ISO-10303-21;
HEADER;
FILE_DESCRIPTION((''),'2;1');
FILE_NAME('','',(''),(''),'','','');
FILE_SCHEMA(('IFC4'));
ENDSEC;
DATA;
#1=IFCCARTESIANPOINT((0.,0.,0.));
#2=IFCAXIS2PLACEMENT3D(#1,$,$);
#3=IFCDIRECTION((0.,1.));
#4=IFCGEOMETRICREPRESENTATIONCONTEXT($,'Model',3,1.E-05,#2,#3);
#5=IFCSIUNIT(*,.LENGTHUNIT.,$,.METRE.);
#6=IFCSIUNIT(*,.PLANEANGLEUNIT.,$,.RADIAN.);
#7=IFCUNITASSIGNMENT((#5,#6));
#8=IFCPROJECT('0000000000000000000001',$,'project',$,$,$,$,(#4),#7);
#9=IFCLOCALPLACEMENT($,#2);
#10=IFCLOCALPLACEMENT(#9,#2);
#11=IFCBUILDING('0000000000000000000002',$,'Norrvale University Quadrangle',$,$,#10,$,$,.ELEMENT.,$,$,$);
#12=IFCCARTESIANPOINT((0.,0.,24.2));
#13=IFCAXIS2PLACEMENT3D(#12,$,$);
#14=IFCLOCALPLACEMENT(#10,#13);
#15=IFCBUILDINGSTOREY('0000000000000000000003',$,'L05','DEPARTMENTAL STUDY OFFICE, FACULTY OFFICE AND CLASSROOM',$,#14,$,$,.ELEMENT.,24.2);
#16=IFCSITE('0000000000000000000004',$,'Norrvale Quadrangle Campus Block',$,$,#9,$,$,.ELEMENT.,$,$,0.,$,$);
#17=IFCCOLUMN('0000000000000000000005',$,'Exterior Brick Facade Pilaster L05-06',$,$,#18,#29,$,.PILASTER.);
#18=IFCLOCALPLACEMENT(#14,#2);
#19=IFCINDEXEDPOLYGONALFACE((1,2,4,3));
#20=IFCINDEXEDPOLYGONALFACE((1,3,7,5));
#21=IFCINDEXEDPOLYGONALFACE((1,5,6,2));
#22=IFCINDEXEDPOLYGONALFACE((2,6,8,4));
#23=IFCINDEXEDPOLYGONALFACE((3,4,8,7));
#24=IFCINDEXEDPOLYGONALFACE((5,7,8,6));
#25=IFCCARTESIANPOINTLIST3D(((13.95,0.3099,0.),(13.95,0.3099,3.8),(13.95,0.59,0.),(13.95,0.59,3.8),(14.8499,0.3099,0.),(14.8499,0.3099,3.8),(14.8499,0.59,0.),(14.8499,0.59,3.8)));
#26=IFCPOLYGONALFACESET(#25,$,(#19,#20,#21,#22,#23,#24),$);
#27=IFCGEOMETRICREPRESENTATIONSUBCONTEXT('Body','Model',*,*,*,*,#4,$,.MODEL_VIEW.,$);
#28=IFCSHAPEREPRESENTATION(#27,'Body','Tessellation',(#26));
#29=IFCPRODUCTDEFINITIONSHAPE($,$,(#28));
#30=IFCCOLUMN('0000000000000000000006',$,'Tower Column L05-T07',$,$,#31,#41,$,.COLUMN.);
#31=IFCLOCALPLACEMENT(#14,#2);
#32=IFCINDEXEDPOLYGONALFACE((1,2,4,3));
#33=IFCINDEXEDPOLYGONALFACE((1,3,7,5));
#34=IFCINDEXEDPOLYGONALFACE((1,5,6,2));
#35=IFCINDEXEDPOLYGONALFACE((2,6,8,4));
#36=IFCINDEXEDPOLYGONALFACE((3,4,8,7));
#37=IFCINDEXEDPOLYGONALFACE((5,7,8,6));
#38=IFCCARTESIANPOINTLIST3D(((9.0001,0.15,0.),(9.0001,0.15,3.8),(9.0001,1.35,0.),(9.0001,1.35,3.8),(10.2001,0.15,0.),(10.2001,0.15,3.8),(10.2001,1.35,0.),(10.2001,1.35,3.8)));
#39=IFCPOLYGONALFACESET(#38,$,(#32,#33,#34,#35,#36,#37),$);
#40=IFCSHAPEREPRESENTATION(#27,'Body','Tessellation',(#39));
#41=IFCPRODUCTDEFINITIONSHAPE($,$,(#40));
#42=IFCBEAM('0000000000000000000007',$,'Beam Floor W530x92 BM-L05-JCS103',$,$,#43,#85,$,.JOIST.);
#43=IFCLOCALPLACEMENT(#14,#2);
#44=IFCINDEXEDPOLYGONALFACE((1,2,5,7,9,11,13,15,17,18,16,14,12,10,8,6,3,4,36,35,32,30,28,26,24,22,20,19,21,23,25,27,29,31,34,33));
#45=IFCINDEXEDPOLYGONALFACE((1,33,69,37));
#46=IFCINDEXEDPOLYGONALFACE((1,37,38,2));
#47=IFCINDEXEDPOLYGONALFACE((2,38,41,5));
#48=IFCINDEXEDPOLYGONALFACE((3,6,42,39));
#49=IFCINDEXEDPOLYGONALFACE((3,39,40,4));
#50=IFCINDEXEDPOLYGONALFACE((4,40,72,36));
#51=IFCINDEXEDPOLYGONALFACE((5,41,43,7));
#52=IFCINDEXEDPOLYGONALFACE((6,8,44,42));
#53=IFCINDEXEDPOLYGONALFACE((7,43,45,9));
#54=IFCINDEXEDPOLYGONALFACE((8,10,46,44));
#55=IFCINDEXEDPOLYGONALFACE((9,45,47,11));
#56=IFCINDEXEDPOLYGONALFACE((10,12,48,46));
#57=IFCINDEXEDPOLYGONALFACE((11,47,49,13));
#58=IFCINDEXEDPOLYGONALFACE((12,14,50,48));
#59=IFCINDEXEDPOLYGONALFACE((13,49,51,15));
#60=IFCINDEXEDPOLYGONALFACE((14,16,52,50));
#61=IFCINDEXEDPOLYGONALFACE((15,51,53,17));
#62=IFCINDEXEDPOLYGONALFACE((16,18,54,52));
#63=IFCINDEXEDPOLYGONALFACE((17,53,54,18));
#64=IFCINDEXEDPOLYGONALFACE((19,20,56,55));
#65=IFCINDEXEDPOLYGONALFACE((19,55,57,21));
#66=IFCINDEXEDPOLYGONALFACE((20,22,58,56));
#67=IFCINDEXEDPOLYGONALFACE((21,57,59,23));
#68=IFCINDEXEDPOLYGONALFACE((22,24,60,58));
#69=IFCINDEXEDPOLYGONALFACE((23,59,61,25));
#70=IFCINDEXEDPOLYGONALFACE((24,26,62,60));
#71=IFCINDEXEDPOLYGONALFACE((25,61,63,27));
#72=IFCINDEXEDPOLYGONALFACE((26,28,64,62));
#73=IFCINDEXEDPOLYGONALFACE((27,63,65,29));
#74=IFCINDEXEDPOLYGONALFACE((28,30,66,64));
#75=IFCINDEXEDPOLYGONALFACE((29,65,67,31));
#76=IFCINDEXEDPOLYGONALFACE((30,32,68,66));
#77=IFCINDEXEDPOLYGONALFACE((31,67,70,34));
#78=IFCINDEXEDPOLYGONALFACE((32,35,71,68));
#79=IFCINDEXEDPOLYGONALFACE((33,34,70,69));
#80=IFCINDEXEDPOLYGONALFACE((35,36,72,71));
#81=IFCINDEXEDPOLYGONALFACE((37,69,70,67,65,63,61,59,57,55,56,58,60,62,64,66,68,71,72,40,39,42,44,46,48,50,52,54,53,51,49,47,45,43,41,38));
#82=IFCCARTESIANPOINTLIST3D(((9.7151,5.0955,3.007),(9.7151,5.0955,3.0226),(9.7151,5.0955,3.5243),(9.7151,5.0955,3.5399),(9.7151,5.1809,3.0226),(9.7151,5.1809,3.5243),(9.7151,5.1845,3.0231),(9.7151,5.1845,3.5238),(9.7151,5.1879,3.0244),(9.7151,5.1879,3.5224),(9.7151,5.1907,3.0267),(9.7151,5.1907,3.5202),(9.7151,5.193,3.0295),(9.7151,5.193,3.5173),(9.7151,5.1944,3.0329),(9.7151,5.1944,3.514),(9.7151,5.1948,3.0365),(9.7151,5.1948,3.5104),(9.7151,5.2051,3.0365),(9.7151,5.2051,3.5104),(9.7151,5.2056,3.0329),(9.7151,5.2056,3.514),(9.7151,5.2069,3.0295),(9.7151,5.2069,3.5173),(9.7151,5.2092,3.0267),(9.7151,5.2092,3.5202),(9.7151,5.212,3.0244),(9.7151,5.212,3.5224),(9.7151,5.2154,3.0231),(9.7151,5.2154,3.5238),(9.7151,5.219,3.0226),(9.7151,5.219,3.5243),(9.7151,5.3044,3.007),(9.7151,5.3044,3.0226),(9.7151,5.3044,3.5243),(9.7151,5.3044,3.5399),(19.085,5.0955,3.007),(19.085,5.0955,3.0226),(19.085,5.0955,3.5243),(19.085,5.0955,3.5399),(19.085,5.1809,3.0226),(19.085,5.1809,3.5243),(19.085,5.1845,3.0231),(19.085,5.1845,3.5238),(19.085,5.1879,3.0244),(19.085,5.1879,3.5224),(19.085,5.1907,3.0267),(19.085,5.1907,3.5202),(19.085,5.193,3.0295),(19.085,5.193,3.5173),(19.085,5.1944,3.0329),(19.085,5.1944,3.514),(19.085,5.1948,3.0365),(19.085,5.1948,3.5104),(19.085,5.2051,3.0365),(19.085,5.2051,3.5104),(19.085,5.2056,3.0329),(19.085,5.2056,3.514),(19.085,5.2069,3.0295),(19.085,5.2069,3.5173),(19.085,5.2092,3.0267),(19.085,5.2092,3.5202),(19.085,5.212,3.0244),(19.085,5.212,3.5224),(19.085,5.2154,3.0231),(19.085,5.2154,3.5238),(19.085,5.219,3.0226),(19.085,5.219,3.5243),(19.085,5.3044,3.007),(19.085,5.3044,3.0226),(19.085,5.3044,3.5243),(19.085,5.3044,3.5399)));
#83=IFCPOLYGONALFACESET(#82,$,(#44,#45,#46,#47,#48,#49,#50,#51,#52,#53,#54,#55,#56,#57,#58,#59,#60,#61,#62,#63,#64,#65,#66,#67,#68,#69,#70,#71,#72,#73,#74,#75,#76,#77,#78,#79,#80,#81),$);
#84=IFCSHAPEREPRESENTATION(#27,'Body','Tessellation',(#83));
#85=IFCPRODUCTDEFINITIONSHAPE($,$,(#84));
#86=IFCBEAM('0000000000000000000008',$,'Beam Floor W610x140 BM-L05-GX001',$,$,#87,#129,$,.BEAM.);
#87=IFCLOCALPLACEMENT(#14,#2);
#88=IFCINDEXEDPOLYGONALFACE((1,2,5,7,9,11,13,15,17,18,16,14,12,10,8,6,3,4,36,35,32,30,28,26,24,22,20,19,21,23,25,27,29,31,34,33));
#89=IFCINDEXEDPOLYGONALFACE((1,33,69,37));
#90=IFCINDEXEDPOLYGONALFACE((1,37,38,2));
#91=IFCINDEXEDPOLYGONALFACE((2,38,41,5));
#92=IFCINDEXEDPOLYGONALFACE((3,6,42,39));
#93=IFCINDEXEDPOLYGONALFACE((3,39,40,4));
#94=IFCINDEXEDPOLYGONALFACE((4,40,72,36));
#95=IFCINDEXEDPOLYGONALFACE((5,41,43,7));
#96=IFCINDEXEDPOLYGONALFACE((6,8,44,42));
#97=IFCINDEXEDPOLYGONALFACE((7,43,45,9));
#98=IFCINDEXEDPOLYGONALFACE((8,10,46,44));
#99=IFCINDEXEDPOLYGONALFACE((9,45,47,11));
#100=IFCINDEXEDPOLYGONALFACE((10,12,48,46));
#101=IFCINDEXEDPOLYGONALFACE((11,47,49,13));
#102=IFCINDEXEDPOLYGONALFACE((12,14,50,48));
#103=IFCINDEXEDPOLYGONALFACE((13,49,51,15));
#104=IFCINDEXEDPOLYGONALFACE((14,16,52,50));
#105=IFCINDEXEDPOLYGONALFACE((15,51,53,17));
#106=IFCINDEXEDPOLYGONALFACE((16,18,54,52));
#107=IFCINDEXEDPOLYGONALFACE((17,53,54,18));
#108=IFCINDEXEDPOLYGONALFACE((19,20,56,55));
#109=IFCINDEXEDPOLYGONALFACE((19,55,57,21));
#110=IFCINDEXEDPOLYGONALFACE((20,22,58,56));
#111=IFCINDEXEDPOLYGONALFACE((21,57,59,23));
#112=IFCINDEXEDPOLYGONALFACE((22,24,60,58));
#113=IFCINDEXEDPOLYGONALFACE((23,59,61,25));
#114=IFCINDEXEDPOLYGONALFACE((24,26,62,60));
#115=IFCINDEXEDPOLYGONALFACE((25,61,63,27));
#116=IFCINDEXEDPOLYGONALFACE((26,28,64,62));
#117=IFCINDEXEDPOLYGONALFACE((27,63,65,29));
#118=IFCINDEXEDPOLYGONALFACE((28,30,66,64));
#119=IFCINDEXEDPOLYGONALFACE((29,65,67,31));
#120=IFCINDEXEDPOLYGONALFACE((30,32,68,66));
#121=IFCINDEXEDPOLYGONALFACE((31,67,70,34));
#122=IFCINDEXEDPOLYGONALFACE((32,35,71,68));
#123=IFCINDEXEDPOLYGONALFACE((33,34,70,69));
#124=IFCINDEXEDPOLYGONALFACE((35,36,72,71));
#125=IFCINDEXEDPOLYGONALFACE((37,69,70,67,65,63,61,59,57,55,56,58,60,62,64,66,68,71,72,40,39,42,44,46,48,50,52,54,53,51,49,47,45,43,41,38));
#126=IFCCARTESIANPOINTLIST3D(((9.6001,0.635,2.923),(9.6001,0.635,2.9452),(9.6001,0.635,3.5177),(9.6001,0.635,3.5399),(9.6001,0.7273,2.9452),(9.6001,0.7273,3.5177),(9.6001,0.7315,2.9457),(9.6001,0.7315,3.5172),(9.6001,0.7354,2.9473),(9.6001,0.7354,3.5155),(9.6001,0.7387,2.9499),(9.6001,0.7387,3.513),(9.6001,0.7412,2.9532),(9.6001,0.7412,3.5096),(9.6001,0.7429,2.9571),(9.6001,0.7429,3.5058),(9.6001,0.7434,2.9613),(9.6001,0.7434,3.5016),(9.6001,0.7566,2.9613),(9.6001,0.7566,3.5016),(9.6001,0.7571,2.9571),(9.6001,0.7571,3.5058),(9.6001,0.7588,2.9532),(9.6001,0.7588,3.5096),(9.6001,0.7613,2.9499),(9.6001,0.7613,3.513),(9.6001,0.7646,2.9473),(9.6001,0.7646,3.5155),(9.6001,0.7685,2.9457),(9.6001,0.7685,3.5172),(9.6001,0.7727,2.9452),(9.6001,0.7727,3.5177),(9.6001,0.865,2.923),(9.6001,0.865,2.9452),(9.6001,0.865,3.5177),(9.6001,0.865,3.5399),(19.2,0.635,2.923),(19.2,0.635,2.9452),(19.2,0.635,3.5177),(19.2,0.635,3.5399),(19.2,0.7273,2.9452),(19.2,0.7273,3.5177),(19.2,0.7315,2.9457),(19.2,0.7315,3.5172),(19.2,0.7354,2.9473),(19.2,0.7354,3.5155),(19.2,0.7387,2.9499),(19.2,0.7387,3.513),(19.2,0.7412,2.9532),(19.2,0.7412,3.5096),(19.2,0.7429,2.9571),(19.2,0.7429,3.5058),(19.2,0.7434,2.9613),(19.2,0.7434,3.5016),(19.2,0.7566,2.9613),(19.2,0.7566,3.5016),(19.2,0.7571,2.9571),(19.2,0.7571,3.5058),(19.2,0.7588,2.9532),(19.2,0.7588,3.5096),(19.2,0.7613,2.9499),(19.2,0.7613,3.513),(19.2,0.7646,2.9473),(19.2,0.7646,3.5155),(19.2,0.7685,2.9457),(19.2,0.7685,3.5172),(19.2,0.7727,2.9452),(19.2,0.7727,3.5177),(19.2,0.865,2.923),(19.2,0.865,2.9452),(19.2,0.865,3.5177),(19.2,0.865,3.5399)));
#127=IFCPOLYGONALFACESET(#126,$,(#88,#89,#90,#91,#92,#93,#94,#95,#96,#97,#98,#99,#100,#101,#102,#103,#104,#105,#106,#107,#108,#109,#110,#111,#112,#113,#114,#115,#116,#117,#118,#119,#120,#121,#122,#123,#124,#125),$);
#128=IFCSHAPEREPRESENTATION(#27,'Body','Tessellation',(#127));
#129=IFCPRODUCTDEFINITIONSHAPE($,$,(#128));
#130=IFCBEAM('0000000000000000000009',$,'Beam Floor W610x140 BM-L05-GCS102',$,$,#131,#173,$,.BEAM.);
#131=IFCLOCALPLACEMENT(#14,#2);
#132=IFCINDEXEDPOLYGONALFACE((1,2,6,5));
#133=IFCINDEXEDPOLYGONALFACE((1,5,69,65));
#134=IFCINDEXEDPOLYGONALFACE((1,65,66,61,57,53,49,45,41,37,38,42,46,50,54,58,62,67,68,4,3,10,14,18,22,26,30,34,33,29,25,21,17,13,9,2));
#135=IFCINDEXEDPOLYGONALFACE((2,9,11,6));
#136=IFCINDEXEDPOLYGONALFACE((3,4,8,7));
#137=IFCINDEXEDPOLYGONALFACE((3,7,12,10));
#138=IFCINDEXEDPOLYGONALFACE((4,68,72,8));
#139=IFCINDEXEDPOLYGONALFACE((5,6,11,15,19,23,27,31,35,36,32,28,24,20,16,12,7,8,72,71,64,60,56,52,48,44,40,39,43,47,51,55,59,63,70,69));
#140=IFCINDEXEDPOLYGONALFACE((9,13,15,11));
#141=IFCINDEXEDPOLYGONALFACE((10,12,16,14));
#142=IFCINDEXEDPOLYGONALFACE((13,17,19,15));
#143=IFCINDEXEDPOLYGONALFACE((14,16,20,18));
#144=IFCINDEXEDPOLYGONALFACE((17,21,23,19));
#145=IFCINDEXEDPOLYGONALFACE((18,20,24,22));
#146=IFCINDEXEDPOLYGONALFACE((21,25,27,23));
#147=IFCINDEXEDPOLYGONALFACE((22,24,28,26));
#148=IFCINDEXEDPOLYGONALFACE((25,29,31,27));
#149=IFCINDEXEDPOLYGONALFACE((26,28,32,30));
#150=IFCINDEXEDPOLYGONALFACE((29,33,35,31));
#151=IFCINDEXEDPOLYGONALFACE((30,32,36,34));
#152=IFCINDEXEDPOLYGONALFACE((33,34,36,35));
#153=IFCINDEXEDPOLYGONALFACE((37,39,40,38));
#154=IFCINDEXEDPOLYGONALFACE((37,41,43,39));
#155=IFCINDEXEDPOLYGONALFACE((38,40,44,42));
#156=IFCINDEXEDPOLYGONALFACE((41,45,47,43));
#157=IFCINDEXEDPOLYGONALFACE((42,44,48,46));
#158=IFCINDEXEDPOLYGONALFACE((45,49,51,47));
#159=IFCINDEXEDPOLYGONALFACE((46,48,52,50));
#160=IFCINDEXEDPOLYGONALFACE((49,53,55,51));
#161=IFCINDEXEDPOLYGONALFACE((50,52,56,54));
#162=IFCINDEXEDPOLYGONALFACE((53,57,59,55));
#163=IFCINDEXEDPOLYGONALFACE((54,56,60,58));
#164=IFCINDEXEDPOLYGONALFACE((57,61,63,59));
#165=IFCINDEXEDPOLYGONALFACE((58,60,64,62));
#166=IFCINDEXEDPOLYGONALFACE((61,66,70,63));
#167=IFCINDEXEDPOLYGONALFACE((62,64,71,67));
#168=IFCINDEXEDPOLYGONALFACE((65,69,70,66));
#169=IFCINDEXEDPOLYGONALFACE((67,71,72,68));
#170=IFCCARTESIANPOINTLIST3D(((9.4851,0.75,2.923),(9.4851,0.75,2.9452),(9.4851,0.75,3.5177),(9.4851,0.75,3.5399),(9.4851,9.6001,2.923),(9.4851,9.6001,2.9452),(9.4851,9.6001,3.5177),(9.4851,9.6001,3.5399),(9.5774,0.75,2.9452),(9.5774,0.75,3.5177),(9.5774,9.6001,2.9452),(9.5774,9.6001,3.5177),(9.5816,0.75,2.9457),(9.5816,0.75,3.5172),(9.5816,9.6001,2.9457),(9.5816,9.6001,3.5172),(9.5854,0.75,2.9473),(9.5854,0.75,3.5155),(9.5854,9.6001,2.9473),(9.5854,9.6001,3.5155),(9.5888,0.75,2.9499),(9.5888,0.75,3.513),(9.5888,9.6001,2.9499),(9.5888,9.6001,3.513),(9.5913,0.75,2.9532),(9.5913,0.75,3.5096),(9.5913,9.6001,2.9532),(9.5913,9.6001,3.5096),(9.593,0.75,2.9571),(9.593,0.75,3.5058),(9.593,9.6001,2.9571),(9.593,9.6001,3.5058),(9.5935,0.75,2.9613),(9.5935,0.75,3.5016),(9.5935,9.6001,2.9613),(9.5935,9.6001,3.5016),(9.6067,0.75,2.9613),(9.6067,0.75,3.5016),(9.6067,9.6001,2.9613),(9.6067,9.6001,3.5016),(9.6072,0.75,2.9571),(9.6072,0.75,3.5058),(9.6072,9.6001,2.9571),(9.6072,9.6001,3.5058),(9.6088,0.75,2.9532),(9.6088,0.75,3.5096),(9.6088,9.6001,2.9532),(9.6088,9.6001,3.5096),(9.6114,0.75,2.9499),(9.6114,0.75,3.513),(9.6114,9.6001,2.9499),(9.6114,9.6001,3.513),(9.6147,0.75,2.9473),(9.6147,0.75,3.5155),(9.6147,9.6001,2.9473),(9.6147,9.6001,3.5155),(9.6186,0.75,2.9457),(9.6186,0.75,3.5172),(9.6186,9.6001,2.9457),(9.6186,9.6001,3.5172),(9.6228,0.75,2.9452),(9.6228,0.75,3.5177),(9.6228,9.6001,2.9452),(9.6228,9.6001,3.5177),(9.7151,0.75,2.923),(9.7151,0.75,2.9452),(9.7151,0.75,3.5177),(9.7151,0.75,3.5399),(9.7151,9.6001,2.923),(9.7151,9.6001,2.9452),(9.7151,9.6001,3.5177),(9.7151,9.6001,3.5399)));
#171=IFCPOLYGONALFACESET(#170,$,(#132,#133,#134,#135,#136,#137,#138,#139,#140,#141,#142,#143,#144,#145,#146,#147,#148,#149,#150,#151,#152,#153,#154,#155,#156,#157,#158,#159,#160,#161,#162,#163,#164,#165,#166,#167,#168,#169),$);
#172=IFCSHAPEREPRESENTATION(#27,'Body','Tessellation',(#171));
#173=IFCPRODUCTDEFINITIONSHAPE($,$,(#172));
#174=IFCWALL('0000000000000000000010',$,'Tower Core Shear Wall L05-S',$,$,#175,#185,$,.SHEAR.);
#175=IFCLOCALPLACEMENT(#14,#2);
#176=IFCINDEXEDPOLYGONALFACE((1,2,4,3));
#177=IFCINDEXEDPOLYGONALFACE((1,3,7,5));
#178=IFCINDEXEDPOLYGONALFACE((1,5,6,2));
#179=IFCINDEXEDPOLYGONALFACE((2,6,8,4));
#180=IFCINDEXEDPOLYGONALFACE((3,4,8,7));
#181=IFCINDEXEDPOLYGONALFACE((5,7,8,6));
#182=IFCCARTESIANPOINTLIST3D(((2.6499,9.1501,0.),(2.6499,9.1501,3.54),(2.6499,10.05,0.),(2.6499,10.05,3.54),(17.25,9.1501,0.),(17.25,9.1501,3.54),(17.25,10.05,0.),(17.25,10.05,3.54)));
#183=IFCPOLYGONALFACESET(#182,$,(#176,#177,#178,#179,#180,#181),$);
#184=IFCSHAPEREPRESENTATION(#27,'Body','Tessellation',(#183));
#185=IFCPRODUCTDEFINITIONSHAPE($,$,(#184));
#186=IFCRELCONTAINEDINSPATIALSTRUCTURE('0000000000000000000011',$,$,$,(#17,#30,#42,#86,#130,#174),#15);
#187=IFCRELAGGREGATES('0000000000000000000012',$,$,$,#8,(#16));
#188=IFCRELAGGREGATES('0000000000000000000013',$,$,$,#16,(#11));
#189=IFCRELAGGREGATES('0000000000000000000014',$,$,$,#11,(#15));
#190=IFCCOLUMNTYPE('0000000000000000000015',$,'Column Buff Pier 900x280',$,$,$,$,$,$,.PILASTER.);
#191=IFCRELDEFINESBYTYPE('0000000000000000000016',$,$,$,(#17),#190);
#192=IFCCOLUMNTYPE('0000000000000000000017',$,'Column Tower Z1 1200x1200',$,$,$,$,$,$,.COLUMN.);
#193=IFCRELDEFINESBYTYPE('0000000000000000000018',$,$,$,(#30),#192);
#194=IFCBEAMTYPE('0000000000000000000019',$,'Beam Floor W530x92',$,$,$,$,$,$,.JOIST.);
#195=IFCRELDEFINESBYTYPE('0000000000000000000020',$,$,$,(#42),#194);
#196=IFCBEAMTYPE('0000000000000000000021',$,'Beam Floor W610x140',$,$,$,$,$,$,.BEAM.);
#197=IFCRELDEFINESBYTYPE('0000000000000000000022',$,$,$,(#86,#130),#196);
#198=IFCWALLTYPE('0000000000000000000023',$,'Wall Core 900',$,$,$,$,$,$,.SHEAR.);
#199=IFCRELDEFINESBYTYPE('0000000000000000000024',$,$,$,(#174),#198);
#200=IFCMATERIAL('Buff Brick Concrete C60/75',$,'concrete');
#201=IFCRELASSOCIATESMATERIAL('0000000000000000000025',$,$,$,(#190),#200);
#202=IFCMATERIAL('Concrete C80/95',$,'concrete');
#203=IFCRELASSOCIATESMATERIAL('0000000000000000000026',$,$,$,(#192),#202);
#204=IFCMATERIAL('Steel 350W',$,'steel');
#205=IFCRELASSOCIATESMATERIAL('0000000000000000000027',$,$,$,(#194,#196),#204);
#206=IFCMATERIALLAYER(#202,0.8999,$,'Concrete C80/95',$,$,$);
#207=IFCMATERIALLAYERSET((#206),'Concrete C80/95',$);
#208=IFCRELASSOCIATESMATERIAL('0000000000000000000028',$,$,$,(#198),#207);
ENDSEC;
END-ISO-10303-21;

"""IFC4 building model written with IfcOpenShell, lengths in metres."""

from ifc_helpers import new_model, si_unit, direction, frame, frame_2d, origin, origin_2d, place, context, subcontext, project, spatial, rectangle, i_section, extrude, material, layer, layer_set, material_profile, profile_set, type_object, element, save


model = new_model("IFC4")

# Units and contexts
model_context = context("Model", 3, precision=1e-05, world=origin(), true_north=direction((0.0, 1.0)))
body_context = subcontext(model_context, "Body", "Model", "MODEL_VIEW")
ifc_project = project(units=[si_unit("LENGTHUNIT", "METRE"), si_unit("PLANEANGLEUNIT", "RADIAN")], contexts=[model_context])

# Site, building, storey
site_placement = place(None, origin())
site = spatial("IfcSite", under=ifc_project, at=site_placement, Name="Norrvale Quadrangle Campus Block", CompositionType="ELEMENT", RefElevation=0.0)
building_placement = place(site_placement, origin())
building = spatial("IfcBuilding", under=site, at=building_placement, Name="Norrvale University Quadrangle", CompositionType="ELEMENT")
storey_placement = place(building_placement, frame((0.0, 0.0, 24.2)))
storey = spatial("IfcBuildingStorey", under=building, at=storey_placement, Name="L05", Description="DEPARTMENTAL STUDY OFFICE, FACULTY OFFICE AND CLASSROOM", CompositionType="ELEMENT", Elevation=24.2)

# Columns
ifc_material_1 = material(Name="Buff Brick Concrete C60/75", Category="concrete")
ifc_material_profile_1 = material_profile(ifc_material_1, rectangle(XDim=0.8999, YDim=0.28, at=origin_2d()), Name="Buff Brick Concrete C60/75")
ifc_profile_set_1 = profile_set([ifc_material_profile_1], Name="Buff Brick Concrete C60/75")
column_type_1 = type_object("IfcColumnType", Name="Column Buff Pier 900x280", PredefinedType="PILASTER", material=ifc_profile_set_1)
column_1_placement = place(storey_placement, frame((14.3999, 0.45, 0.0), z_axis=(0.0, 0.0, 1.0), x_axis=(1.0, 0.0, 0.0)))
element("IfcColumn", 1, at=column_1_placement, inside=storey, type_object=column_type_1, Name="Exterior Brick Facade Pilaster L05-06", PredefinedType="PILASTER", context=body_context, shape_type="SweptSolid", body=[
    extrude(rectangle(XDim=0.8999, YDim=0.28, at=origin_2d()), origin(), (0.0, 0.0, 1.0), 3.8),
])
ifc_material_2 = material(Name="Concrete C80/95", Category="concrete")
ifc_material_profile_2 = material_profile(ifc_material_2, rectangle(XDim=1.2, YDim=1.2, at=origin_2d()), Name="Concrete C80/95")
ifc_profile_set_2 = profile_set([ifc_material_profile_2], Name="Concrete C80/95")
column_type_2 = type_object("IfcColumnType", Name="Column Tower Z1 1200x1200", PredefinedType="COLUMN", material=ifc_profile_set_2)
column_2_placement = place(storey_placement, frame((9.6001, 0.75, 0.0), z_axis=(0.0, 0.0, 1.0), x_axis=(1.0, 0.0, 0.0)))
element("IfcColumn", 2, at=column_2_placement, inside=storey, type_object=column_type_2, Name="Tower Column L05-T07", PredefinedType="COLUMN", context=body_context, shape_type="SweptSolid", body=[
    extrude(rectangle(XDim=1.2, YDim=1.2, at=origin_2d()), origin(), (0.0, 0.0, 1.0), 3.8),
])

# Beams
ifc_material_3 = material(Name="Steel 350W", Category="steel")
ifc_material_profile_3 = material_profile(ifc_material_3, i_section(OverallWidth=0.209, OverallDepth=0.533, WebThickness=0.0103, FlangeThickness=0.0156, FilletRadius=0.0139, at=origin_2d()), Name="Steel 350W")
ifc_profile_set_3 = profile_set([ifc_material_profile_3], Name="Steel 350W")
beam_type_1 = type_object("IfcBeamType", Name="Beam Floor W530x92", PredefinedType="JOIST", material=ifc_profile_set_3)
beam_1_placement = place(storey_placement, frame((9.7151, 5.2, 3.2734), z_axis=(1.0, 0.0, 0.0), x_axis=(0.0, 1.0, 0.0)))
element("IfcBeam", 3, at=beam_1_placement, inside=storey, type_object=beam_type_1, Name="Beam Floor W530x92 BM-L05-JCS103", PredefinedType="JOIST", context=body_context, shape_type="SweptSolid", body=[
    extrude(i_section(OverallWidth=0.209, OverallDepth=0.533, WebThickness=0.0103, FlangeThickness=0.0156, FilletRadius=0.0139, at=origin_2d()), origin(), (0.0, 0.0, 1.0), 9.3699),
])
ifc_material_profile_4 = material_profile(ifc_material_3, i_section(OverallWidth=0.23, OverallDepth=0.6169, WebThickness=0.0132, FlangeThickness=0.0222, FilletRadius=0.0161, at=origin_2d()), Name="Steel 350W")
ifc_profile_set_4 = profile_set([ifc_material_profile_4], Name="Steel 350W")
beam_type_2 = type_object("IfcBeamType", Name="Beam Floor W610x140", PredefinedType="BEAM", material=ifc_profile_set_4)
beam_2_placement = place(storey_placement, frame((9.6001, 0.75, 3.2314), z_axis=(1.0, 0.0, 0.0), x_axis=(0.0, 1.0, 0.0)))
element("IfcBeam", 4, at=beam_2_placement, inside=storey, type_object=beam_type_2, Name="Beam Floor W610x140 BM-L05-GX001", PredefinedType="BEAM", context=body_context, shape_type="SweptSolid", body=[
    extrude(i_section(OverallWidth=0.23, OverallDepth=0.6169, WebThickness=0.0132, FlangeThickness=0.0222, FilletRadius=0.0161, at=origin_2d()), origin(), (0.0, 0.0, 1.0), 9.5999),
])
beam_3_placement = place(storey_placement, frame((9.6001, 0.75, 3.2314), z_axis=(0.0, 1.0, 0.0), x_axis=(-1.0, 0.0, 0.0)))
element("IfcBeam", 5, at=beam_3_placement, inside=storey, type_object=beam_type_2, Name="Beam Floor W610x140 BM-L05-GCS102", PredefinedType="BEAM", context=body_context, shape_type="SweptSolid", body=[
    extrude(i_section(OverallWidth=0.23, OverallDepth=0.6169, WebThickness=0.0132, FlangeThickness=0.0222, FilletRadius=0.0161, at=origin_2d()), origin(), (0.0, 0.0, 1.0), 8.8501),
])

# Wall
ifc_layer_1 = layer(ifc_material_2, 0.8999, Name="Concrete C80/95")
ifc_layer_set_1 = layer_set([ifc_layer_1], Name="Concrete C80/95")
wall_type_1 = type_object("IfcWallType", Name="Wall Core 900", PredefinedType="SHEAR", material=ifc_layer_set_1)
wall_1_placement = place(storey_placement, frame((2.6499, 9.6001, 0.0), z_axis=(0.0, 0.0, 1.0), x_axis=(1.0, 0.0, 0.0)))
element("IfcWall", 6, at=wall_1_placement, inside=storey, type_object=wall_type_1, Name="Tower Core Shear Wall L05-S", PredefinedType="SHEAR", context=body_context, shape_type="SweptSolid", body=[
    extrude(rectangle(XDim=14.6001, YDim=0.8999, at=frame_2d((7.3, 0.0))), origin(), (0.0, 0.0, 1.0), 3.54),
])

save(model, "model.ifc")
